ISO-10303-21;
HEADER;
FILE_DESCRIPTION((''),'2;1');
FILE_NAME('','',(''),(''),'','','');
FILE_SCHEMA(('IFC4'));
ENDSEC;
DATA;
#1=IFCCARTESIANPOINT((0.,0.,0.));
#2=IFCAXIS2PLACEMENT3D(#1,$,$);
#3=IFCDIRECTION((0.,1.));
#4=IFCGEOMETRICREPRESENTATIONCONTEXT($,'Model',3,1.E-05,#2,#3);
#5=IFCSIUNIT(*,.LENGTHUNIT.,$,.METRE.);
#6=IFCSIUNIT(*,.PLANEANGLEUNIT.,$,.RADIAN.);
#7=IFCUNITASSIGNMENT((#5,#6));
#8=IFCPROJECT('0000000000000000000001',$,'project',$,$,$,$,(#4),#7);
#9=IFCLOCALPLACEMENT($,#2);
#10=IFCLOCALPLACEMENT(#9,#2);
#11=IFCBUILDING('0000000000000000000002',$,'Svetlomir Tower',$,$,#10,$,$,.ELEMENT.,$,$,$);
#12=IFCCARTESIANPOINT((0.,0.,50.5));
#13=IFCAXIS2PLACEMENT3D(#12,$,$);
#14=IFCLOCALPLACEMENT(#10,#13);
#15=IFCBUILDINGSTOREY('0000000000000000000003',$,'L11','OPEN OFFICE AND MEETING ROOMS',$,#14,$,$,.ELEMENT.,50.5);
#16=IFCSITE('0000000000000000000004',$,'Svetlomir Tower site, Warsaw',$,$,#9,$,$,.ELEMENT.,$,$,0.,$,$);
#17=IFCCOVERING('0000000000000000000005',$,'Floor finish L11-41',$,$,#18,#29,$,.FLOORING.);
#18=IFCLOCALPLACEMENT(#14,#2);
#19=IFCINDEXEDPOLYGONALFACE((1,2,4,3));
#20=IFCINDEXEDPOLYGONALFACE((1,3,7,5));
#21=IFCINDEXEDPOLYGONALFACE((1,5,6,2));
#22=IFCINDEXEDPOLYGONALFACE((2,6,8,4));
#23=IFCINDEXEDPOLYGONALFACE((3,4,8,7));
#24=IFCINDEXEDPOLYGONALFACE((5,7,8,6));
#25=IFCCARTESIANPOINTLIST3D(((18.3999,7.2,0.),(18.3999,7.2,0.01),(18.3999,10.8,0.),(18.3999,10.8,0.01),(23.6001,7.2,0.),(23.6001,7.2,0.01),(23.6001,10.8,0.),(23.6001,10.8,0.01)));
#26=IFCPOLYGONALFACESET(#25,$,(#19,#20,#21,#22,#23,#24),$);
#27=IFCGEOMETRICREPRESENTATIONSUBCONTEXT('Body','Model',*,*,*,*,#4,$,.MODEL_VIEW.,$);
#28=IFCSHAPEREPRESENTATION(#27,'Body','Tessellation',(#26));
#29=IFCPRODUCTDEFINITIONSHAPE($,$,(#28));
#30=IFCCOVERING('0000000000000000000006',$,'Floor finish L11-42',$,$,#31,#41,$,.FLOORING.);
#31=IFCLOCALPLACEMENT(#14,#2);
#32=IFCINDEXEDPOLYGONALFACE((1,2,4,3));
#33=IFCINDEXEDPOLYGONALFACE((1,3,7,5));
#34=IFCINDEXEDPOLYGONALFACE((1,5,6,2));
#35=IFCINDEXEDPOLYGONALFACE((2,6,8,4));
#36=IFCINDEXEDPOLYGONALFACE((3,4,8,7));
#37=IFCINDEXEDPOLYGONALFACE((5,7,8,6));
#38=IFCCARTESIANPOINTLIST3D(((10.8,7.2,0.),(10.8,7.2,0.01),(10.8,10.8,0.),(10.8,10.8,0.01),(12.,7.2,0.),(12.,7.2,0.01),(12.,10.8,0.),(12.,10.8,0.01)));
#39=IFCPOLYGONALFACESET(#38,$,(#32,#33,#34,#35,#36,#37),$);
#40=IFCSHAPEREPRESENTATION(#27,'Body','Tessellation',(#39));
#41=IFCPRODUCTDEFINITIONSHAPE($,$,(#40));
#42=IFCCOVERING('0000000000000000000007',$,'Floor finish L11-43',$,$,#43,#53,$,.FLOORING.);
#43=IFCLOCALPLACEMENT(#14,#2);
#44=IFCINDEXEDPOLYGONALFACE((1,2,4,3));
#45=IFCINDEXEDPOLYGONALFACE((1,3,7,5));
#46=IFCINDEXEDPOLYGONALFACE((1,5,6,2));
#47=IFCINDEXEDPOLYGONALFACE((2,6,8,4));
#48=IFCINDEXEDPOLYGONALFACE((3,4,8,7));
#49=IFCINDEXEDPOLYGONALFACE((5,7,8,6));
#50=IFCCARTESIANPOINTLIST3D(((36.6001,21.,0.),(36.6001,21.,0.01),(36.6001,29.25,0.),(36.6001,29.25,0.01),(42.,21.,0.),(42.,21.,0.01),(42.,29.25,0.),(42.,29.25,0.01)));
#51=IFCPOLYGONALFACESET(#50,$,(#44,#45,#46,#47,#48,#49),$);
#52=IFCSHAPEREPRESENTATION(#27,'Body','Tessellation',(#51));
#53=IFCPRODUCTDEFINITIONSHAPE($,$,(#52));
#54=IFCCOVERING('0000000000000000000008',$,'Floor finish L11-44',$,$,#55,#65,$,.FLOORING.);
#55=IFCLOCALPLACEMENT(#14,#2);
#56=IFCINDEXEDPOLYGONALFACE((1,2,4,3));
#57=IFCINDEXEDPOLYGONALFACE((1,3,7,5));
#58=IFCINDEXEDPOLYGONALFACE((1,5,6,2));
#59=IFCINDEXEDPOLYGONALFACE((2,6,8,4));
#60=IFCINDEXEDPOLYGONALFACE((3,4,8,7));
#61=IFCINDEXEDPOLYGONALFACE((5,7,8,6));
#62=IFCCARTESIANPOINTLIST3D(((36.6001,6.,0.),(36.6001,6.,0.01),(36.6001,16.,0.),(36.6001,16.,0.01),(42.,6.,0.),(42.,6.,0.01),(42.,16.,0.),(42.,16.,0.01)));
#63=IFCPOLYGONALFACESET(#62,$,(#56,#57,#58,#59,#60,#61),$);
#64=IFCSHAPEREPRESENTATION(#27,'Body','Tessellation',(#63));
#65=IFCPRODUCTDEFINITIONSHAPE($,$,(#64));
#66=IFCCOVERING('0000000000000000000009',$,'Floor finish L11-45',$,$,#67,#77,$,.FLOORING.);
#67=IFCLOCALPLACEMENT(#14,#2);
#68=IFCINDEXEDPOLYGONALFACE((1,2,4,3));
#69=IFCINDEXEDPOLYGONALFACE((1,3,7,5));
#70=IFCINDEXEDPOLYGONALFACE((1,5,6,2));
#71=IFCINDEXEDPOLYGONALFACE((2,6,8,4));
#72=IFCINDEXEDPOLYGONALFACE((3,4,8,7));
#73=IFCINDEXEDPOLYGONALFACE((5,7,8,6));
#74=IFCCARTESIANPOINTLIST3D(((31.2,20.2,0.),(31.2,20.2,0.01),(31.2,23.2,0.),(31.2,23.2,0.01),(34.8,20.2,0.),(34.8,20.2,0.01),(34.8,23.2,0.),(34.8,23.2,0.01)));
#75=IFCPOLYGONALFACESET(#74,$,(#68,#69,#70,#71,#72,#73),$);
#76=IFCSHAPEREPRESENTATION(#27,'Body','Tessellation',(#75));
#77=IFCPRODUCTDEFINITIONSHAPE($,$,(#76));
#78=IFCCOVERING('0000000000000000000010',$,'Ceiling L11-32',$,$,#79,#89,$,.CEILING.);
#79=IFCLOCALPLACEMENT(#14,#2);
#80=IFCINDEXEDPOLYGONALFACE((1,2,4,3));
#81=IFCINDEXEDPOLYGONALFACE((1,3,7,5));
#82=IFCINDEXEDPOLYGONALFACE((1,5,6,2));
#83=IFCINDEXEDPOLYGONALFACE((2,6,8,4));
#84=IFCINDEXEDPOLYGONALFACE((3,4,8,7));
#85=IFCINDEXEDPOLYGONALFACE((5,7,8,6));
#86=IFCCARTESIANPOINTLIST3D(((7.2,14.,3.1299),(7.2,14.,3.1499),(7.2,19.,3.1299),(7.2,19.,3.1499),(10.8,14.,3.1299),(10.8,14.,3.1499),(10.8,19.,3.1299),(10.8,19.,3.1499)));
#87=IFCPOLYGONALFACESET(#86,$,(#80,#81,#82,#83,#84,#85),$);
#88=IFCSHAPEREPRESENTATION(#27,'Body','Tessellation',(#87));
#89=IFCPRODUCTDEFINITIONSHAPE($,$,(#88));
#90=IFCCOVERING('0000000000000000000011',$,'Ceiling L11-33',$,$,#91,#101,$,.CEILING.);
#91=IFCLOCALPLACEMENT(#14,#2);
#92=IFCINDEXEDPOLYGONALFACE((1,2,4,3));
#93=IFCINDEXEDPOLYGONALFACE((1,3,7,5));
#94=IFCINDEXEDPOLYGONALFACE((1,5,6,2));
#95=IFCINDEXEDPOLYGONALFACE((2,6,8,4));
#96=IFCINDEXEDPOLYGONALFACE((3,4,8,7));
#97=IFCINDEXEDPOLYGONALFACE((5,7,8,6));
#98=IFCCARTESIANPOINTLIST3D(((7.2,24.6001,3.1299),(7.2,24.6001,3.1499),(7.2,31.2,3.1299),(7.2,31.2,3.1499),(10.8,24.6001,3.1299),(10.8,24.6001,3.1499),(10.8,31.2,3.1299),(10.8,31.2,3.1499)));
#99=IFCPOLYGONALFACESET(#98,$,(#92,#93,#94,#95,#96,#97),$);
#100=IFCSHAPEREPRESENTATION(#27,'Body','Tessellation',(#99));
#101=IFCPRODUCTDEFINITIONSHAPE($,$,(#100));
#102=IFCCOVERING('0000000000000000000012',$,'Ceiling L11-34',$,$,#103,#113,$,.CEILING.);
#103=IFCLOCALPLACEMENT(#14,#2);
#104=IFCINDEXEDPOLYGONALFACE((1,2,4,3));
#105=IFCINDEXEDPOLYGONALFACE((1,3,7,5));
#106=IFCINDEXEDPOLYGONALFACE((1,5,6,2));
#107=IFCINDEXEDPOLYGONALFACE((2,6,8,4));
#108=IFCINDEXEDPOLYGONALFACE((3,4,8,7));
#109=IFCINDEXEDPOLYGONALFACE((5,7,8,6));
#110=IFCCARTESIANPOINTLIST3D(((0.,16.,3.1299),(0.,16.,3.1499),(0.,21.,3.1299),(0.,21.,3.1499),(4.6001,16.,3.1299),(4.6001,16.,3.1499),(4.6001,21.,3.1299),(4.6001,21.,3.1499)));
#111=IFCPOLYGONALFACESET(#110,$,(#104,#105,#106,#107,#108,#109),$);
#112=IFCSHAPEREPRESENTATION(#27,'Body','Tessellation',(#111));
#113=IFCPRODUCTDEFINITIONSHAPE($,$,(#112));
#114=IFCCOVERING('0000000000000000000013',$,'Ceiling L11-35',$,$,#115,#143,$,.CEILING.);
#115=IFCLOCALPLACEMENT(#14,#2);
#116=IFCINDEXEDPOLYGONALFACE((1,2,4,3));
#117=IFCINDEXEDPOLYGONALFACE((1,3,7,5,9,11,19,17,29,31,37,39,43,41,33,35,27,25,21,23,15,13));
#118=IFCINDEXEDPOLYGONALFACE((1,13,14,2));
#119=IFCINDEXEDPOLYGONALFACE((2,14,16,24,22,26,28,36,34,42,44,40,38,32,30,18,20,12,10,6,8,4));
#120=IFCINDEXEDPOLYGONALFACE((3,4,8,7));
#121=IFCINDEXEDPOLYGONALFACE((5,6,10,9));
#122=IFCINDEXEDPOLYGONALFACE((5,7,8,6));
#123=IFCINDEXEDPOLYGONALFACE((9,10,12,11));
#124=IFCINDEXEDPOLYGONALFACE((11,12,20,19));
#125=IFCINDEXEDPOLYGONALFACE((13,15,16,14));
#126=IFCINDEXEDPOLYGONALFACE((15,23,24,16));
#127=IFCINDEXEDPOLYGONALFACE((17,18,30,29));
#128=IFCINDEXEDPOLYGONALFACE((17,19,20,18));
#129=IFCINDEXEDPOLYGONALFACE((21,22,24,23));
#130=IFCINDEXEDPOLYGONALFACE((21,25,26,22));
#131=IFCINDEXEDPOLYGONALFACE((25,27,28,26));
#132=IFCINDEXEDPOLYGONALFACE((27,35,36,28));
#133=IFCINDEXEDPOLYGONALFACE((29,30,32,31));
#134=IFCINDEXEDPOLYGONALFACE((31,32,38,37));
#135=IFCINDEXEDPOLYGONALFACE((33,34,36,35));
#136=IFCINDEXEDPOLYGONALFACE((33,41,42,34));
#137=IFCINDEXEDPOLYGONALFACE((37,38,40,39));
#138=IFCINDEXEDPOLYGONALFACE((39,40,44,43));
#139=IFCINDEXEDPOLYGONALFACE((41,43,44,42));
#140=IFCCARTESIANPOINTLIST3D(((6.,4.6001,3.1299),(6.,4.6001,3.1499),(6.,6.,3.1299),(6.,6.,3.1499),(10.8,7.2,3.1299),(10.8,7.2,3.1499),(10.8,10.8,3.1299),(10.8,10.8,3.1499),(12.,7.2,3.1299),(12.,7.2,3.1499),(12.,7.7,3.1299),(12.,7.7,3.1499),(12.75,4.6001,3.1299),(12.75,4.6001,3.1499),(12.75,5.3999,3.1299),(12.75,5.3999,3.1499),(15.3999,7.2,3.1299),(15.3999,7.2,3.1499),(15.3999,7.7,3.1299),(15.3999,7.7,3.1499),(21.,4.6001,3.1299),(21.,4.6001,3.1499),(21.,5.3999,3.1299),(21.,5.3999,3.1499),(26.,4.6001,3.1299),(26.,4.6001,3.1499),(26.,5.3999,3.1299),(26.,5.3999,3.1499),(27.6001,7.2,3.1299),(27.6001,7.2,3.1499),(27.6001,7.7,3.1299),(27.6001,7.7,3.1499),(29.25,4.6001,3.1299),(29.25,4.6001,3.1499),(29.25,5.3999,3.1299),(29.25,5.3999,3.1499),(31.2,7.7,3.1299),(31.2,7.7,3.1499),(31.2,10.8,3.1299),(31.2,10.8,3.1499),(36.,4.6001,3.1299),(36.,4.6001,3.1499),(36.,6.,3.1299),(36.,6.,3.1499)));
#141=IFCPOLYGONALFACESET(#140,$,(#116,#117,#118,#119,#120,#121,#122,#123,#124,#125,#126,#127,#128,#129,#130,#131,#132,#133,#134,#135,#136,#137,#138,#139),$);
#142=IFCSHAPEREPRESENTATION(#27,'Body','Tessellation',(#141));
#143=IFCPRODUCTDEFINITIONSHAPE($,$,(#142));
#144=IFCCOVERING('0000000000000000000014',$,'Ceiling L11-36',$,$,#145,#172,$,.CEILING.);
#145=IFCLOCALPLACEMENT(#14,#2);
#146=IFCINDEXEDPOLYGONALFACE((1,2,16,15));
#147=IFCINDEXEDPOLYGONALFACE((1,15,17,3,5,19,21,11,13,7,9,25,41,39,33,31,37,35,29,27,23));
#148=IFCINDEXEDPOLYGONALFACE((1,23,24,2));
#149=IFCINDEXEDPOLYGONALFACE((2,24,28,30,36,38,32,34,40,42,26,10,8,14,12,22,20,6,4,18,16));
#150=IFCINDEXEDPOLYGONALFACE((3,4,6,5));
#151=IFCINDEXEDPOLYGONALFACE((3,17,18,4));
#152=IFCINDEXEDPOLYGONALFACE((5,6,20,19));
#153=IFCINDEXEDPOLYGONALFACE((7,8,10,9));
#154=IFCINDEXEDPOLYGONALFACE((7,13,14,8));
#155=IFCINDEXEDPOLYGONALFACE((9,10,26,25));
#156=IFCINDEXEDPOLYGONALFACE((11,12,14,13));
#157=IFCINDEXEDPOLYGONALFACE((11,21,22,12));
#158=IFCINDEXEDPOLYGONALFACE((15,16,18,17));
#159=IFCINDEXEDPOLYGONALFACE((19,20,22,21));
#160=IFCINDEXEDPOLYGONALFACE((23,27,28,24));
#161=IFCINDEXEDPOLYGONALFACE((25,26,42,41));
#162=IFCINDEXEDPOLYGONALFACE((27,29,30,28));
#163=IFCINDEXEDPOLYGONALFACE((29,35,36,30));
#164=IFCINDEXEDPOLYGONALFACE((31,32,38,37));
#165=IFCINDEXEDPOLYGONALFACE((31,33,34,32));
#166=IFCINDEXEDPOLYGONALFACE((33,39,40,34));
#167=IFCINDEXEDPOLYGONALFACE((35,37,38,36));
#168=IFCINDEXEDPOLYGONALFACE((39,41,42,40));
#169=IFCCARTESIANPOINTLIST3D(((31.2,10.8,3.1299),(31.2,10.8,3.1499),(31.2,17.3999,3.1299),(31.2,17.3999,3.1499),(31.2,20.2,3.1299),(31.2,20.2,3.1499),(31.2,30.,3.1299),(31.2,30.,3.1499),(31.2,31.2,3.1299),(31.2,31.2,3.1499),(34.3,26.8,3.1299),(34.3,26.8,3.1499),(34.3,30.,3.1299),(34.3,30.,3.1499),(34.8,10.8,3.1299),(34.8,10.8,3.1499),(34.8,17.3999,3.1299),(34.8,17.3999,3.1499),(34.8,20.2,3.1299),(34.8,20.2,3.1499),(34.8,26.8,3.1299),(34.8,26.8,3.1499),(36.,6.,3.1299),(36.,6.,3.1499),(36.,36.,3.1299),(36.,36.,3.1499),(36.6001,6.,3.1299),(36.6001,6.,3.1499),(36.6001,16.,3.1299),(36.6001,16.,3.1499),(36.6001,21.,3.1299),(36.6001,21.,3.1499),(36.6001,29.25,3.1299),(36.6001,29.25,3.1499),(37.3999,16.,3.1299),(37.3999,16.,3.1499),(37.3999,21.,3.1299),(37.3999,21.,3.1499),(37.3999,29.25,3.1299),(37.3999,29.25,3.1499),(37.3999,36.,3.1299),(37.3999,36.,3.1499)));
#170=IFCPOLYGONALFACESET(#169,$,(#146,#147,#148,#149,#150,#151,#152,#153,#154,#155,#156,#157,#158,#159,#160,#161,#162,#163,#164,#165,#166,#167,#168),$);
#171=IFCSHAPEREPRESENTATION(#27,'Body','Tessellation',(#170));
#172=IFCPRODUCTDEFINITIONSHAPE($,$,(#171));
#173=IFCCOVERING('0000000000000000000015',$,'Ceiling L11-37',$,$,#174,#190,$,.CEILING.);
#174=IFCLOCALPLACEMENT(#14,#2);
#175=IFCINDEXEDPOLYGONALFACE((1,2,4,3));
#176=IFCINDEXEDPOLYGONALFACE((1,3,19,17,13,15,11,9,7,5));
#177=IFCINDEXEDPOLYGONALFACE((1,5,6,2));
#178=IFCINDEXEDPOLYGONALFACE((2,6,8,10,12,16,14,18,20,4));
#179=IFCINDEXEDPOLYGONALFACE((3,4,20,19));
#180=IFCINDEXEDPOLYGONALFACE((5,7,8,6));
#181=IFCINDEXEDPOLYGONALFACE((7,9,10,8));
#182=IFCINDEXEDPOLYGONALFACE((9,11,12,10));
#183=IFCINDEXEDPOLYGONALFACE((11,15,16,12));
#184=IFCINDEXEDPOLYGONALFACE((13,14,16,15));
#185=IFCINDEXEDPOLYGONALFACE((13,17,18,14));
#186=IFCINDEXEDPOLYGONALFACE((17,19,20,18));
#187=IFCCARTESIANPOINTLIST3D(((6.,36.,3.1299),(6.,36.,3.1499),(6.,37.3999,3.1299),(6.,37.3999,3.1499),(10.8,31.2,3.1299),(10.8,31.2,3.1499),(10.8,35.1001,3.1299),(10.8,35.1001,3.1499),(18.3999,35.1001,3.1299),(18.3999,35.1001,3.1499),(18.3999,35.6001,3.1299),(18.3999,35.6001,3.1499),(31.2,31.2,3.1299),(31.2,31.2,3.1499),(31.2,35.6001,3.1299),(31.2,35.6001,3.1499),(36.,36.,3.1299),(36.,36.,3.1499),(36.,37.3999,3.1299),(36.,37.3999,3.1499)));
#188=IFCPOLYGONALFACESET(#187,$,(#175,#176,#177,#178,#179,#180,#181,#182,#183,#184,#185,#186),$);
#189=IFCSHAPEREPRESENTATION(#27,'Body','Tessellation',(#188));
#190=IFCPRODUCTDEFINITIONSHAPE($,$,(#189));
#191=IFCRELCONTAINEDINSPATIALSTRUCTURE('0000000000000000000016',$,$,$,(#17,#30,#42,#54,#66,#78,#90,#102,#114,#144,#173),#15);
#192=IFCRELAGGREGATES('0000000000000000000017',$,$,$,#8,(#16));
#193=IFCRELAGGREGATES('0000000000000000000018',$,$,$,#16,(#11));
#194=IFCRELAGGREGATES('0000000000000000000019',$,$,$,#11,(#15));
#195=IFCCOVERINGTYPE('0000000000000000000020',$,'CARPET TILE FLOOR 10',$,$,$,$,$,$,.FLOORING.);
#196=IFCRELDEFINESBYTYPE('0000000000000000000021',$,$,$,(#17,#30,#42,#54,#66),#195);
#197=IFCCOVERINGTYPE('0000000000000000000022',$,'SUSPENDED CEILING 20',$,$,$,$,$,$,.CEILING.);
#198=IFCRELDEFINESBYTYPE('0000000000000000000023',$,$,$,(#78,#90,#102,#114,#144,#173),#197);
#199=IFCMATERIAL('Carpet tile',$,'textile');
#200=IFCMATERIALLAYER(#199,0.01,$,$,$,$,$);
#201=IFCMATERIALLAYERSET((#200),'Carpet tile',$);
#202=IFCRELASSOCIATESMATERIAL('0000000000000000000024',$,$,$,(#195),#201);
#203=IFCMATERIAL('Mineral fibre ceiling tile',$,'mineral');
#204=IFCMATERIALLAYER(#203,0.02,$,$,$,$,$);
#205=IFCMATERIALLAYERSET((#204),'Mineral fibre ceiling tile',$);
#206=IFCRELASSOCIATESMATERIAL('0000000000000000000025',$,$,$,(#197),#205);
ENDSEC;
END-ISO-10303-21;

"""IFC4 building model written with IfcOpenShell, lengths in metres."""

from ifc_helpers import new_model, si_unit, direction, frame, origin, place, context, subcontext, project, spatial, polyline, outline, extrude, material, layer, layer_set, type_object, element, save


model = new_model("IFC4")

# Units and contexts
model_context = context("Model", 3, precision=1e-05, world=origin(), true_north=direction((0.0, 1.0)))
body_context = subcontext(model_context, "Body", "Model", "MODEL_VIEW")
ifc_project = project(units=[si_unit("LENGTHUNIT", "METRE"), si_unit("PLANEANGLEUNIT", "RADIAN")], contexts=[model_context])

# Site, building, storey
site_placement = place(None, origin())
site = spatial("IfcSite", under=ifc_project, at=site_placement, Name="Svetlomir Tower site, Warsaw", CompositionType="ELEMENT", RefElevation=0.0)
building_placement = place(site_placement, origin())
building = spatial("IfcBuilding", under=site, at=building_placement, Name="Svetlomir Tower", CompositionType="ELEMENT")
storey_placement = place(building_placement, frame((0.0, 0.0, 50.5)))
storey = spatial("IfcBuildingStorey", under=building, at=storey_placement, Name="L11", Description="OPEN OFFICE AND MEETING ROOMS", CompositionType="ELEMENT", Elevation=50.5)

# Coverings
ifc_material_1 = material(Name="Carpet tile", Category="textile")
ifc_layer_1 = layer(ifc_material_1, 0.01)
ifc_layer_set_1 = layer_set([ifc_layer_1], Name="Carpet tile")
covering_type_1 = type_object("IfcCoveringType", Name="CARPET TILE FLOOR 10", PredefinedType="FLOORING", material=ifc_layer_set_1)
covering_1_placement = place(storey_placement, origin())
element("IfcCovering", 1, at=covering_1_placement, inside=storey, type_object=covering_type_1, Name="Floor finish L11-41", PredefinedType="FLOORING", context=body_context, shape_type="SweptSolid", body=[
    extrude(outline(polyline([(23.6001, 10.8), (23.6001, 7.2), (18.3999, 7.2), (18.3999, 10.8), (23.6001, 10.8)])), origin(), (0.0, 0.0, 1.0), 0.01),
])
covering_2_placement = place(storey_placement, origin())
element("IfcCovering", 2, at=covering_2_placement, inside=storey, type_object=covering_type_1, Name="Floor finish L11-42", PredefinedType="FLOORING", context=body_context, shape_type="SweptSolid", body=[
    extrude(outline(polyline([(12.0, 7.2), (10.8, 7.2), (10.8, 10.8), (12.0, 10.8), (12.0, 7.2)])), origin(), (0.0, 0.0, 1.0), 0.01),
])
covering_3_placement = place(storey_placement, origin())
element("IfcCovering", 3, at=covering_3_placement, inside=storey, type_object=covering_type_1, Name="Floor finish L11-43", PredefinedType="FLOORING", context=body_context, shape_type="SweptSolid", body=[
    extrude(outline(polyline([(42.0, 21.0), (36.6001, 21.0), (36.6001, 29.25), (42.0, 29.25), (42.0, 21.0)])), origin(), (0.0, 0.0, 1.0), 0.01),
])
covering_4_placement = place(storey_placement, origin())
element("IfcCovering", 4, at=covering_4_placement, inside=storey, type_object=covering_type_1, Name="Floor finish L11-44", PredefinedType="FLOORING", context=body_context, shape_type="SweptSolid", body=[
    extrude(outline(polyline([(42.0, 6.0), (36.6001, 6.0), (36.6001, 16.0), (42.0, 16.0), (42.0, 6.0)])), origin(), (0.0, 0.0, 1.0), 0.01),
])
covering_5_placement = place(storey_placement, origin())
element("IfcCovering", 5, at=covering_5_placement, inside=storey, type_object=covering_type_1, Name="Floor finish L11-45", PredefinedType="FLOORING", context=body_context, shape_type="SweptSolid", body=[
    extrude(outline(polyline([(31.2, 23.2), (34.8, 23.2), (34.8, 20.2), (31.2, 20.2), (31.2, 23.2)])), origin(), (0.0, 0.0, 1.0), 0.01),
])
ifc_material_2 = material(Name="Mineral fibre ceiling tile", Category="mineral")
ifc_layer_2 = layer(ifc_material_2, 0.02)
ifc_layer_set_2 = layer_set([ifc_layer_2], Name="Mineral fibre ceiling tile")
covering_type_2 = type_object("IfcCoveringType", Name="SUSPENDED CEILING 20", PredefinedType="CEILING", material=ifc_layer_set_2)
covering_6_placement = place(storey_placement, frame((0.0, 0.0, 3.1299)))
element("IfcCovering", 6, at=covering_6_placement, inside=storey, type_object=covering_type_2, Name="Ceiling L11-32", PredefinedType="CEILING", context=body_context, shape_type="SweptSolid", body=[
    extrude(outline(polyline([(7.2, 14.0), (10.8, 14.0), (10.8, 19.0), (7.2, 19.0), (7.2, 14.0)])), origin(), (0.0, 0.0, 1.0), 0.02),
])
covering_7_placement = place(storey_placement, frame((0.0, 0.0, 3.1299)))
element("IfcCovering", 7, at=covering_7_placement, inside=storey, type_object=covering_type_2, Name="Ceiling L11-33", PredefinedType="CEILING", context=body_context, shape_type="SweptSolid", body=[
    extrude(outline(polyline([(7.2, 24.6001), (10.8, 24.6001), (10.8, 31.2), (7.2, 31.2), (7.2, 24.6001)])), origin(), (0.0, 0.0, 1.0), 0.02),
])
covering_8_placement = place(storey_placement, frame((0.0, 0.0, 3.1299)))
element("IfcCovering", 8, at=covering_8_placement, inside=storey, type_object=covering_type_2, Name="Ceiling L11-34", PredefinedType="CEILING", context=body_context, shape_type="SweptSolid", body=[
    extrude(outline(polyline([(0.0, 16.0), (4.6001, 16.0), (4.6001, 21.0), (0.0, 21.0), (0.0, 16.0)])), origin(), (0.0, 0.0, 1.0), 0.02),
])
covering_9_placement = place(storey_placement, frame((0.0, 0.0, 3.1299)))
element("IfcCovering", 9, at=covering_9_placement, inside=storey, type_object=covering_type_2, Name="Ceiling L11-35", PredefinedType="CEILING", context=body_context, shape_type="SweptSolid", body=[
    extrude(outline(polyline([(6.0, 6.0), (10.8, 10.8), (10.8, 7.2), (12.0, 7.2), (12.0, 7.7), (15.3999, 7.7), (15.3999, 7.2), (27.6001, 7.2), (27.6001, 7.7), (31.2, 7.7), (31.2, 10.8), (36.0, 6.0), (36.0, 4.6001), (29.25, 4.6001), (29.25, 5.3999), (26.0, 5.3999), (26.0, 4.6001), (21.0, 4.6001), (21.0, 5.3999), (12.75, 5.3999), (12.75, 4.6001), (6.0, 4.6001), (6.0, 6.0)])), origin(), (0.0, 0.0, 1.0), 0.02),
])
covering_10_placement = place(storey_placement, frame((0.0, 0.0, 3.1299)))
element("IfcCovering", 10, at=covering_10_placement, inside=storey, type_object=covering_type_2, Name="Ceiling L11-36", PredefinedType="CEILING", context=body_context, shape_type="SweptSolid", body=[
    extrude(outline(polyline([(31.2, 17.3999), (31.2, 20.2), (34.8, 20.2), (34.8, 26.8), (34.3, 26.8), (34.3, 30.0), (31.2, 30.0), (31.2, 31.2), (36.0, 36.0), (37.3999, 36.0), (37.3999, 29.25), (36.6001, 29.25), (36.6001, 21.0), (37.3999, 21.0), (37.3999, 16.0), (36.6001, 16.0), (36.6001, 6.0), (36.0, 6.0), (31.2, 10.8), (34.8, 10.8), (34.8, 17.3999), (31.2, 17.3999)])), origin(), (0.0, 0.0, 1.0), 0.02),
])
covering_11_placement = place(storey_placement, frame((0.0, 0.0, 3.1299)))
element("IfcCovering", 11, at=covering_11_placement, inside=storey, type_object=covering_type_2, Name="Ceiling L11-37", PredefinedType="CEILING", context=body_context, shape_type="SweptSolid", body=[
    extrude(outline(polyline([(6.0, 37.3999), (36.0, 37.3999), (36.0, 36.0), (31.2, 31.2), (31.2, 35.6001), (18.3999, 35.6001), (18.3999, 35.1001), (10.8, 35.1001), (10.8, 31.2), (6.0, 36.0), (6.0, 37.3999)])), origin(), (0.0, 0.0, 1.0), 0.02),
])

save(model, "model.ifc")
